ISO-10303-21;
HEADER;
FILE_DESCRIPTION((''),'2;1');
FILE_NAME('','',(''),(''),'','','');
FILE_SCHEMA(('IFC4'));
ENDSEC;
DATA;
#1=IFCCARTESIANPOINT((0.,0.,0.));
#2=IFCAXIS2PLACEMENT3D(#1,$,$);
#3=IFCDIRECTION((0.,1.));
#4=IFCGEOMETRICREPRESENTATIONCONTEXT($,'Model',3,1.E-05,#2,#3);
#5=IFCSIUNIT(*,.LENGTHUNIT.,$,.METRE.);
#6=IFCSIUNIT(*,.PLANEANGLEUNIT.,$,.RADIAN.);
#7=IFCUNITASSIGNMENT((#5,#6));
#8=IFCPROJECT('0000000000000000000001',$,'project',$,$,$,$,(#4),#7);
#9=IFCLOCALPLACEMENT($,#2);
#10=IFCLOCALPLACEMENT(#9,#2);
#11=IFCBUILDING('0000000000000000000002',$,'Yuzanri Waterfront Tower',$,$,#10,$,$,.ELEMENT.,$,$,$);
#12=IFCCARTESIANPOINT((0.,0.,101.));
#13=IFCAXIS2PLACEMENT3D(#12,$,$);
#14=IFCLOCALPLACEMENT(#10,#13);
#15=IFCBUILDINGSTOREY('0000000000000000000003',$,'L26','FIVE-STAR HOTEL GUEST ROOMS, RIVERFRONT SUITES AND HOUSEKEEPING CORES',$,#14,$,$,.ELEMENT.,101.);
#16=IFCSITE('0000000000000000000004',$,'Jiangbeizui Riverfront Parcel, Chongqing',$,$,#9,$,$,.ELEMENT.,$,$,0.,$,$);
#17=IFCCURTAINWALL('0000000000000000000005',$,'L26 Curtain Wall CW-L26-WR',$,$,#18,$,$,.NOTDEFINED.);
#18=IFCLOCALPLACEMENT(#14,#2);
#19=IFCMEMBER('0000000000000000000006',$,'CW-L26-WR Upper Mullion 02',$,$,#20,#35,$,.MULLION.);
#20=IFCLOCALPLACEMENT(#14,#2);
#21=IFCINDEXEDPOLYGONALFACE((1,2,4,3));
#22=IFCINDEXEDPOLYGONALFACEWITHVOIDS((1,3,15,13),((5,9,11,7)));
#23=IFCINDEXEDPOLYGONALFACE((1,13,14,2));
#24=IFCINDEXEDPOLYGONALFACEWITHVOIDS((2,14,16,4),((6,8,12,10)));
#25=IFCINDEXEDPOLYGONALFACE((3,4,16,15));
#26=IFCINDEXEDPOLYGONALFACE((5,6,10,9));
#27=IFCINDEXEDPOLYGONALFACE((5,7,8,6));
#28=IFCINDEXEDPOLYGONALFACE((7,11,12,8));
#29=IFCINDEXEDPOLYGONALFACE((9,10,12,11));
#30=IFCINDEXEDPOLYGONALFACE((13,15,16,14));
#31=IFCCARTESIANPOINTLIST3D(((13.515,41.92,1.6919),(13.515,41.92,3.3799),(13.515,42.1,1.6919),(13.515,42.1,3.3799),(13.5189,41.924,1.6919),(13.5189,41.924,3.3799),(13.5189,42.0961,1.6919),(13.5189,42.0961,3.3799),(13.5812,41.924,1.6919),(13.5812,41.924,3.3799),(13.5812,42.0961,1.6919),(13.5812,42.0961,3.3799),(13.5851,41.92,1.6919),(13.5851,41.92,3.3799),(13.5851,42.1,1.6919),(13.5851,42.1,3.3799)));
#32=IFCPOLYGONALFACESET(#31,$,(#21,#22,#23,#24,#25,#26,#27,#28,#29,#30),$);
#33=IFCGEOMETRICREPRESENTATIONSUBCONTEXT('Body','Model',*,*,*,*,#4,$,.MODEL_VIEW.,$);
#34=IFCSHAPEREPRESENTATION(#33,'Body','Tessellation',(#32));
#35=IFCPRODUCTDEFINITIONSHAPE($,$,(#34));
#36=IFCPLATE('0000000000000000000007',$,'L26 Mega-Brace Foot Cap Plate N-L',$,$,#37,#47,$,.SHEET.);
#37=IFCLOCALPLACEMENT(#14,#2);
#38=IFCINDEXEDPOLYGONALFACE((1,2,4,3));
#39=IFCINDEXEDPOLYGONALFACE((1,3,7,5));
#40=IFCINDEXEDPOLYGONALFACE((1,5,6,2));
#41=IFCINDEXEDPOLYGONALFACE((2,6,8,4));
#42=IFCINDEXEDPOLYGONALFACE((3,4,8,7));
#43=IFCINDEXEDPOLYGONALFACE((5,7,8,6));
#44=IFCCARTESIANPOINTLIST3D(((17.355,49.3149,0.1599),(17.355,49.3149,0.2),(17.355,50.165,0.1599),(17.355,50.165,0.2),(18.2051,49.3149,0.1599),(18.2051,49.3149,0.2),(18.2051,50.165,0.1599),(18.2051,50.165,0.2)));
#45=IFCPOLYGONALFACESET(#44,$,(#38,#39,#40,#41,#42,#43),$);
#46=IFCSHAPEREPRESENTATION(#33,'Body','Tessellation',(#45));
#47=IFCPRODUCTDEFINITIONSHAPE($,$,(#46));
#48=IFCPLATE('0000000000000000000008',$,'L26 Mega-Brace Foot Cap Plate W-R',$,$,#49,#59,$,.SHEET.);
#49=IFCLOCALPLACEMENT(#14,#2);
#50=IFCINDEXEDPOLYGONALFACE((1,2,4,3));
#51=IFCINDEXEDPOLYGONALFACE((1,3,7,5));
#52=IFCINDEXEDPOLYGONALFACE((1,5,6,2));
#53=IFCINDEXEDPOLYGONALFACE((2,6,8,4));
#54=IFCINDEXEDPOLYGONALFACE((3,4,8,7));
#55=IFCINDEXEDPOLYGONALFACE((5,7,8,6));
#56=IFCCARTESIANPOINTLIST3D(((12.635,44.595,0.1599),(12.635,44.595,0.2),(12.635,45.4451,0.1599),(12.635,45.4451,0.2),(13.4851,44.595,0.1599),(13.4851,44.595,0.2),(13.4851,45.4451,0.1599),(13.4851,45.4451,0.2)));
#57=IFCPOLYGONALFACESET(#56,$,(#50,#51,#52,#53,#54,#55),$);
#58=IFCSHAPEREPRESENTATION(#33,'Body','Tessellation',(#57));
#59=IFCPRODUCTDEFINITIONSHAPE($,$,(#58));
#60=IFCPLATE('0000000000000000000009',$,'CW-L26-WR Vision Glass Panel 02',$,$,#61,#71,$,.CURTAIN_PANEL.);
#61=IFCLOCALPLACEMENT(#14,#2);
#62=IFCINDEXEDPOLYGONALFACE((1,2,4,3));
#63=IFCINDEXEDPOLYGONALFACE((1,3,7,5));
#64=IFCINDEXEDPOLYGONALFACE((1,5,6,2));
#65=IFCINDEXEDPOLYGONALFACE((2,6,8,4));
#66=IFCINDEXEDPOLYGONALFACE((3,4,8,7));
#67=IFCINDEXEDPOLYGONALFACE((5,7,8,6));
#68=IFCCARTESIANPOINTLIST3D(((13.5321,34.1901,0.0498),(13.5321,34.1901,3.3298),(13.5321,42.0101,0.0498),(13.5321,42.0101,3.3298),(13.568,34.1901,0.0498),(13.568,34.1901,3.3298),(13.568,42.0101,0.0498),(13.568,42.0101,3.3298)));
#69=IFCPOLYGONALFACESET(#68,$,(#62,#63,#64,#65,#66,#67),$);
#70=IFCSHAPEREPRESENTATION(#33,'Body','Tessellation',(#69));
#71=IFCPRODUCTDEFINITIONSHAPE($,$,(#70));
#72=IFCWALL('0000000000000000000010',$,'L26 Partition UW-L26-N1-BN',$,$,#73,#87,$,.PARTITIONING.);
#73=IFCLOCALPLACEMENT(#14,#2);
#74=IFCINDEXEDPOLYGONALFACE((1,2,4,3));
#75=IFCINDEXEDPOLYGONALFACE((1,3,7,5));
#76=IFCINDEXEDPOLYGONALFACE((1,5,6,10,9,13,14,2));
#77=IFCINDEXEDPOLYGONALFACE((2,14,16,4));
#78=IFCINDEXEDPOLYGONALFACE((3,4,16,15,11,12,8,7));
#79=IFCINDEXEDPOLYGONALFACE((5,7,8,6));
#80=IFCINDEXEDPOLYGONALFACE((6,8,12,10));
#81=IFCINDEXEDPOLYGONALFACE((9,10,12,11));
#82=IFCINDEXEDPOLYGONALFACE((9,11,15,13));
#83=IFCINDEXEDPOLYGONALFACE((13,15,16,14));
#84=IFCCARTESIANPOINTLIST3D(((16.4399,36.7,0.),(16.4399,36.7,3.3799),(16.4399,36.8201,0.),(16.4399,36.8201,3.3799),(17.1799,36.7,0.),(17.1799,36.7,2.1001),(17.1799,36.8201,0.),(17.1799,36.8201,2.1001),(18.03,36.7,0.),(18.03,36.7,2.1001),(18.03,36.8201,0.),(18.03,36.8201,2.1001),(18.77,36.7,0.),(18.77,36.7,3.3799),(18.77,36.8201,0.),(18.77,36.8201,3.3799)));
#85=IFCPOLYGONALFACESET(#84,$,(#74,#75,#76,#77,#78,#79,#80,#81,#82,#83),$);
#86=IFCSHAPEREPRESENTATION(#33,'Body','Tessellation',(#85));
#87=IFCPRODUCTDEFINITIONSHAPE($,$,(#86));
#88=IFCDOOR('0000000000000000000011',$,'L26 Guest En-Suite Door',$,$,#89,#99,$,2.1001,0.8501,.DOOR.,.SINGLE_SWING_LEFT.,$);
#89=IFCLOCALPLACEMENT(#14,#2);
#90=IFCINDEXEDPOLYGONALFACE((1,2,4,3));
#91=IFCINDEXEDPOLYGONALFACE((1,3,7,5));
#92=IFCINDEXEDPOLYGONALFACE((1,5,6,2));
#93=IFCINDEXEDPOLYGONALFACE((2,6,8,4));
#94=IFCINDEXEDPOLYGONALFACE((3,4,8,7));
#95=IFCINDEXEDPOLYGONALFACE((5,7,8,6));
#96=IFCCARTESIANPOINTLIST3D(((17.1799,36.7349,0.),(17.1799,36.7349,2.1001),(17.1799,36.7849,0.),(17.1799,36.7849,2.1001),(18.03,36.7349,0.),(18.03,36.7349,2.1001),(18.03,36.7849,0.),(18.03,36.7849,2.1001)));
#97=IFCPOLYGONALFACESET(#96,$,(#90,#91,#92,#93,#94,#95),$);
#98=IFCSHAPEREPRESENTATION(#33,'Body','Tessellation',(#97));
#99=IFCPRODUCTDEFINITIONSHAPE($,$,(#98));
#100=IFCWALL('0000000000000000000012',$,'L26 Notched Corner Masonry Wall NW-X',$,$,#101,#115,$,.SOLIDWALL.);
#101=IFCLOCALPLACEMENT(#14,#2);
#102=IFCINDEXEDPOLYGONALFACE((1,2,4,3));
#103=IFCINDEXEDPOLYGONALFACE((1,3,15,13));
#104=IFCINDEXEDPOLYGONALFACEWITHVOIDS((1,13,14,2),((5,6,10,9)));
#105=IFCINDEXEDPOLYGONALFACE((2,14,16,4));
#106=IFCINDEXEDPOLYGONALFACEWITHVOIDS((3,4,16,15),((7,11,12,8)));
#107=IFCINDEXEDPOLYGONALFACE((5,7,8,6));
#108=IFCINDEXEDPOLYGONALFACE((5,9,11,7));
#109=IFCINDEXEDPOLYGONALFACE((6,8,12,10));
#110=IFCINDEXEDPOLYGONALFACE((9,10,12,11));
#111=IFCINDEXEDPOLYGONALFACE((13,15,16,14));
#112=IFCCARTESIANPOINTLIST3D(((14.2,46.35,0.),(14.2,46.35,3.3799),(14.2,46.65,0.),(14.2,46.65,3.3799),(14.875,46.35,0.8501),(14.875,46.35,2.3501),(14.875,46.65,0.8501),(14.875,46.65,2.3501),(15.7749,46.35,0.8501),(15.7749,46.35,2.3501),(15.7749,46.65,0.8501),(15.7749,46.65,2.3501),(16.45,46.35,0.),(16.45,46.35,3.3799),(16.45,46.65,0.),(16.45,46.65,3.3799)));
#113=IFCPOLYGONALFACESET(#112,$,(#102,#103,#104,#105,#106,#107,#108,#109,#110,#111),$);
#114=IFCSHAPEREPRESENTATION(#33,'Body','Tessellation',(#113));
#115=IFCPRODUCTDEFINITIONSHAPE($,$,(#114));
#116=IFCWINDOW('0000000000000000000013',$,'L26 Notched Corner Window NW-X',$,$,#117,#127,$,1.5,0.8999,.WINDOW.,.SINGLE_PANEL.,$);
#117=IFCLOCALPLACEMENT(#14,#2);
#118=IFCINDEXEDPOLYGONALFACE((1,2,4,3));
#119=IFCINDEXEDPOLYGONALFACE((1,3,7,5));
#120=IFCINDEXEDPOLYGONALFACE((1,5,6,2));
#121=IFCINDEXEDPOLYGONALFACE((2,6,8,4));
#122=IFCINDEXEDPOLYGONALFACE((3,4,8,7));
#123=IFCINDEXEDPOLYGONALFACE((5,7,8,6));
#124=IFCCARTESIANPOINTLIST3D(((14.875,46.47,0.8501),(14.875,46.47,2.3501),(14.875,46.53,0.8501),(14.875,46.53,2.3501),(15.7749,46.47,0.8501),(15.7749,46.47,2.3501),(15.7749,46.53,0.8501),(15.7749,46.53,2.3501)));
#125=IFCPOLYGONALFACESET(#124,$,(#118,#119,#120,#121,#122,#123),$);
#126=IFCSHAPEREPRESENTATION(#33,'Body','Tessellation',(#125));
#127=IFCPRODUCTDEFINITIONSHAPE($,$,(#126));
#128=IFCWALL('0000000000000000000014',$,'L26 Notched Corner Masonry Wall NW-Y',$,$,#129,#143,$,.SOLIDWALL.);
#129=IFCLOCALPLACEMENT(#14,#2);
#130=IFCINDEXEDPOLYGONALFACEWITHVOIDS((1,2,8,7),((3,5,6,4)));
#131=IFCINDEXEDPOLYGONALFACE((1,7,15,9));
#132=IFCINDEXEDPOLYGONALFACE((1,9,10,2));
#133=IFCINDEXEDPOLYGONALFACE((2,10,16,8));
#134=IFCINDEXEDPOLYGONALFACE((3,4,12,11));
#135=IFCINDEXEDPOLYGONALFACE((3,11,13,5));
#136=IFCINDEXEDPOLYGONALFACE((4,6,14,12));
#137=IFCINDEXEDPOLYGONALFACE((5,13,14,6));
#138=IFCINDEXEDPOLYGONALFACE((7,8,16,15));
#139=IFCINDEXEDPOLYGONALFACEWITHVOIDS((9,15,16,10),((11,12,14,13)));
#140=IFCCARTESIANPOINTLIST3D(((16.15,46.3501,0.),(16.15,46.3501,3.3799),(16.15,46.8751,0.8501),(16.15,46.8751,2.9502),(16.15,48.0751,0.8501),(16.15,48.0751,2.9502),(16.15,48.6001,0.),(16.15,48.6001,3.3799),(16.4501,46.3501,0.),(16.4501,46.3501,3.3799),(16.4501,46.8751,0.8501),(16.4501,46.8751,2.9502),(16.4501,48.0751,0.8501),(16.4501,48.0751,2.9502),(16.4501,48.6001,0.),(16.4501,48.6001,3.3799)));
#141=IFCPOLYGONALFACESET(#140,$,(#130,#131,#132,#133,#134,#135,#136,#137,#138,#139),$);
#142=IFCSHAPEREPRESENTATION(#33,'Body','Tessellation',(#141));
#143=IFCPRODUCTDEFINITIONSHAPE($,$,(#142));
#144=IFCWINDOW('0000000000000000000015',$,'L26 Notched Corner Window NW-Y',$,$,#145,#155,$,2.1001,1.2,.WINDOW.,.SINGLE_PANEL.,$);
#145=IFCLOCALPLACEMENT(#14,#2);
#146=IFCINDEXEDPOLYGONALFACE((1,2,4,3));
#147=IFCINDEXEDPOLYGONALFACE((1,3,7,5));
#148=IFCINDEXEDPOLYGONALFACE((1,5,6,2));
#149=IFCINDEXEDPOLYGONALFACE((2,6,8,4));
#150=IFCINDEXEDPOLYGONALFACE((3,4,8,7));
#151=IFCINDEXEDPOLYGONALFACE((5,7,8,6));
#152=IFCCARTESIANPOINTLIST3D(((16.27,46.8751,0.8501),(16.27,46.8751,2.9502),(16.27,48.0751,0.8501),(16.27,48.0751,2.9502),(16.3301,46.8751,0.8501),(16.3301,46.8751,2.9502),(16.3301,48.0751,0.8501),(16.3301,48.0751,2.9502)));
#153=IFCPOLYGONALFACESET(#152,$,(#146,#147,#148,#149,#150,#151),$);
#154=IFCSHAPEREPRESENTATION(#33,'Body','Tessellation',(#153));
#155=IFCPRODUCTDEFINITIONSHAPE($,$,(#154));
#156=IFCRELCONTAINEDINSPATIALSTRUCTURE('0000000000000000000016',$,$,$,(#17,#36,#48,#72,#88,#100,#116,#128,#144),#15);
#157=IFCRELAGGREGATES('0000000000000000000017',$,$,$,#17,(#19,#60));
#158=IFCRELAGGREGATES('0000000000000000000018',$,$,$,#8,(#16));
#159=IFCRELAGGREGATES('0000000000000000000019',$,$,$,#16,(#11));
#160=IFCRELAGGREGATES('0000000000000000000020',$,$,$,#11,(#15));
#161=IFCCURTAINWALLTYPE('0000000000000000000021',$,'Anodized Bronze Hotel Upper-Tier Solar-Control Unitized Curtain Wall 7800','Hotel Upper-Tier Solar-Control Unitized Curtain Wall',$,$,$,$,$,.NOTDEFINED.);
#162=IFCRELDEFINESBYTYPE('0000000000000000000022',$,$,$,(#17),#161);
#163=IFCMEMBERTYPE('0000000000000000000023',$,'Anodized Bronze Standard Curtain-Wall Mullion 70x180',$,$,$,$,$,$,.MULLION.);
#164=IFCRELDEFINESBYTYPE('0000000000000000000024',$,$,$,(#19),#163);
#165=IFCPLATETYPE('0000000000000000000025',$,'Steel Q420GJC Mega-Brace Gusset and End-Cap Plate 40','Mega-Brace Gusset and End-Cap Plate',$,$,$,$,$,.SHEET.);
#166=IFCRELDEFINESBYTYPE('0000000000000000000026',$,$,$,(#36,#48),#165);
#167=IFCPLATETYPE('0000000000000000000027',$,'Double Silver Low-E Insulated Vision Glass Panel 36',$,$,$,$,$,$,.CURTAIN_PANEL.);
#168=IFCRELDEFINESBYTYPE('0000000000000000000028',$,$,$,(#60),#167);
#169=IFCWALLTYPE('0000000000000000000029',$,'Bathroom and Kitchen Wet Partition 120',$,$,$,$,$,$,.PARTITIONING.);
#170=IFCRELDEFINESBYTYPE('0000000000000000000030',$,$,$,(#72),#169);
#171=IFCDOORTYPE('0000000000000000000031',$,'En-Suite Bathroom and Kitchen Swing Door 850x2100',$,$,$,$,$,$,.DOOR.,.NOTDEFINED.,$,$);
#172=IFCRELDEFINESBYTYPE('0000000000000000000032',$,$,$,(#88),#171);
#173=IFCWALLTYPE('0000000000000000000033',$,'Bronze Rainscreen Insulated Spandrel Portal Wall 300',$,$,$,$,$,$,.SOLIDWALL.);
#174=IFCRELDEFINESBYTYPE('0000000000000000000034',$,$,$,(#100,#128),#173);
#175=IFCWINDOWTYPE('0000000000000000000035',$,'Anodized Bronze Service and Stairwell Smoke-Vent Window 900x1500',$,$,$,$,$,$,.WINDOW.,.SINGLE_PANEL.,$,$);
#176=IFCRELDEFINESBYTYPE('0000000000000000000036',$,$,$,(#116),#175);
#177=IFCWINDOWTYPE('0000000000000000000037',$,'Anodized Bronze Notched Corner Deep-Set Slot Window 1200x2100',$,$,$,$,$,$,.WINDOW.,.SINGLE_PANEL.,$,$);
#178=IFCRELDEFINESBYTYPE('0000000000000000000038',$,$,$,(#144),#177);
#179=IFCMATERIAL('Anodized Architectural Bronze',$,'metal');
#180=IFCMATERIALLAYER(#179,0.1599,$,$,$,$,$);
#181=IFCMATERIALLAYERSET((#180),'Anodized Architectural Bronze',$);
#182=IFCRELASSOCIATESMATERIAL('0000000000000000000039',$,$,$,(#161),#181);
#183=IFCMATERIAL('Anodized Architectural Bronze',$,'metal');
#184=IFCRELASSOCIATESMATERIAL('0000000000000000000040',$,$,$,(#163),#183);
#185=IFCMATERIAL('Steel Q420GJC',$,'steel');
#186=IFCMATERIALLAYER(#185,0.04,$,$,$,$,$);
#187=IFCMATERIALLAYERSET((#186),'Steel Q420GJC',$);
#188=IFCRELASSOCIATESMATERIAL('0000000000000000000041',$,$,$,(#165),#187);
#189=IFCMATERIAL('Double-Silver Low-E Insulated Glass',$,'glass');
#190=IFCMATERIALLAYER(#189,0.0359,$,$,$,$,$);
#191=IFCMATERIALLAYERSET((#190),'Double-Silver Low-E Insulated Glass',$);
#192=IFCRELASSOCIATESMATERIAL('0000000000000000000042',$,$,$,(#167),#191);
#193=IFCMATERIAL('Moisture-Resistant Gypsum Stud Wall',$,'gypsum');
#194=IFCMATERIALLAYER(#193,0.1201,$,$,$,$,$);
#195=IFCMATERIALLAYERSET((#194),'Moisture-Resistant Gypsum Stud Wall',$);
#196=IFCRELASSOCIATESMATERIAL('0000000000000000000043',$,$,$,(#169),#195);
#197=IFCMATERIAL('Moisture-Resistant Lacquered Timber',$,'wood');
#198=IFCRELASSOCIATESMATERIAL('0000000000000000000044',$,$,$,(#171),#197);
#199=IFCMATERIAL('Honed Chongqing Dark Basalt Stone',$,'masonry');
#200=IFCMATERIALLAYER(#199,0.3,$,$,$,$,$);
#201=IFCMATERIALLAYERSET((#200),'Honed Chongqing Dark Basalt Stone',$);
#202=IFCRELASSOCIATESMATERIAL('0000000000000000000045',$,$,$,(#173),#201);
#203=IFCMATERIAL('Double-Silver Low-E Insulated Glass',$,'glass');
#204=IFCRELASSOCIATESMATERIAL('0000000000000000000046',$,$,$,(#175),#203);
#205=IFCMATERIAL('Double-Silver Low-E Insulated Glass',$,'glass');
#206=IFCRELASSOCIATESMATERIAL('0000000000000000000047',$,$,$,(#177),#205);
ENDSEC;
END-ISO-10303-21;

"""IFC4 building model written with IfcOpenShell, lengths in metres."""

from ifc_helpers import new_model, si_unit, direction, frame, frame_2d, origin, origin_2d, place, context, subcontext, project, spatial, rectangle, hollow_rectangle, extrude, source, transform, mapped, material, layer, layer_set, material_profile, profile_set, type_object, element, fill, aggregate, save


model = new_model("IFC4")

# Units and contexts
model_context = context("Model", 3, precision=1e-05, world=origin(), true_north=direction((0.0, 1.0)))
body_context = subcontext(model_context, "Body", "Model", "MODEL_VIEW")
ifc_project = project(units=[si_unit("LENGTHUNIT", "METRE"), si_unit("PLANEANGLEUNIT", "RADIAN")], contexts=[model_context])

# Site, building, storey
site_placement = place(None, origin())
site = spatial("IfcSite", under=ifc_project, at=site_placement, Name="Jiangbeizui Riverfront Parcel, Chongqing", CompositionType="ELEMENT", RefElevation=0.0)
building_placement = place(site_placement, origin())
building = spatial("IfcBuilding", under=site, at=building_placement, Name="Yuzanri Waterfront Tower", CompositionType="ELEMENT")
storey_placement = place(building_placement, frame((0.0, 0.0, 101.0)))
storey = spatial("IfcBuildingStorey", under=building, at=storey_placement, Name="L26", Description="FIVE-STAR HOTEL GUEST ROOMS, RIVERFRONT SUITES AND HOUSEKEEPING CORES", CompositionType="ELEMENT", Elevation=101.0)

# Curtain wall, member
ifc_material_1 = material(Name="Anodized Architectural Bronze", Category="metal")
ifc_layer_1 = layer(ifc_material_1, 0.1599)
ifc_layer_set_1 = layer_set([ifc_layer_1], Name="Anodized Architectural Bronze")
curtain_wall_type = type_object("IfcCurtainWallType", Name="Anodized Bronze Hotel Upper-Tier Solar-Control Unitized Curtain Wall 7800", Description="Hotel Upper-Tier Solar-Control Unitized Curtain Wall", PredefinedType="NOTDEFINED", material=ifc_layer_set_1)
curtain_wall_placement = place(storey_placement, origin())
curtain_wall = element("IfcCurtainWall", 1, at=curtain_wall_placement, inside=storey, type_object=curtain_wall_type, Name="L26 Curtain Wall CW-L26-WR", PredefinedType="NOTDEFINED")
ifc_material_2 = material(Name="Anodized Architectural Bronze", Category="metal")
ifc_material_profile_1 = material_profile(ifc_material_2, hollow_rectangle(XDim=0.0701, YDim=0.1799, WallThickness=0.0039, at=origin_2d()), Name="CWM 70x180")
ifc_profile_set_1 = profile_set([ifc_material_profile_1], Name="Anodized Architectural Bronze")
member_type_1 = type_object("IfcMemberType", Name="Anodized Bronze Standard Curtain-Wall Mullion 70x180", PredefinedType="MULLION", material=ifc_profile_set_1)
shared_shape_1 = source(origin(), body_context, "Body", "SweptSolid", [
    extrude(hollow_rectangle(XDim=0.0701, YDim=0.1799, WallThickness=0.0039, at=origin_2d()), origin(), (0.0, 0.0, 1.0), 1.688),
])
member_1_placement = place(storey_placement, frame((13.55, 42.01, 1.6919), z_axis=(0.0, 0.0, 1.0), x_axis=(1.0, 0.0, 0.0)))
member_1 = element("IfcMember", 2, at=member_1_placement, type_object=member_type_1, Name="CW-L26-WR Upper Mullion 02", PredefinedType="MULLION", context=body_context, shape_type="MappedRepresentation", body=[
    mapped(shared_shape_1, transform((0.0, 0.0, 0.0), scale=1.0)),
])

# Plates
ifc_material_3 = material(Name="Steel Q420GJC", Category="steel")
ifc_layer_2 = layer(ifc_material_3, 0.04)
ifc_layer_set_2 = layer_set([ifc_layer_2], Name="Steel Q420GJC")
plate_type_1 = type_object("IfcPlateType", Name="Steel Q420GJC Mega-Brace Gusset and End-Cap Plate 40", Description="Mega-Brace Gusset and End-Cap Plate", PredefinedType="SHEET", material=ifc_layer_set_2)
shared_shape_2 = source(origin(), body_context, "Body", "SweptSolid", [
    extrude(rectangle(XDim=0.8501, YDim=0.8501, at=origin_2d()), origin(), (0.0, 0.0, 1.0), 0.04),
])
for number, where, z_axis, x_axis, name in (
    (3, (17.78, 49.74, 0.1599), (0.0, 0.0, 1.0), (1.0, 0.0, 0.0), "L26 Mega-Brace Foot Cap Plate N-L"),
    (4, (13.0601, 45.02, 0.1599), (0.0, 0.0, 1.0), (1.0, 0.0, 0.0), "L26 Mega-Brace Foot Cap Plate W-R"),
):
    element("IfcPlate", number, at=place(storey_placement, frame(where, z_axis=z_axis, x_axis=x_axis)), inside=storey, type_object=plate_type_1, Name=name, PredefinedType="SHEET", context=body_context, shape_type="MappedRepresentation", body=[
        mapped(shared_shape_2, transform((0.0, 0.0, 0.0), scale=1.0)),
    ])

# Plate
ifc_material_4 = material(Name="Double-Silver Low-E Insulated Glass", Category="glass")
ifc_layer_3 = layer(ifc_material_4, 0.0359)
ifc_layer_set_3 = layer_set([ifc_layer_3], Name="Double-Silver Low-E Insulated Glass")
plate_type_2 = type_object("IfcPlateType", Name="Double Silver Low-E Insulated Vision Glass Panel 36", PredefinedType="CURTAIN_PANEL", material=ifc_layer_set_3)
shared_shape_3 = source(origin(), body_context, "Body", "SweptSolid", [
    extrude(rectangle(XDim=7.8201, YDim=0.0359, at=origin_2d()), origin(), (0.0, 0.0, 1.0), 3.28),
])
plate_placement = place(storey_placement, frame((13.55, 38.1001, 0.0498), z_axis=(0.0, 0.0, 1.0), x_axis=(0.0, 1.0, 0.0)))
plate = element("IfcPlate", 5, at=plate_placement, type_object=plate_type_2, Name="CW-L26-WR Vision Glass Panel 02", PredefinedType="CURTAIN_PANEL", context=body_context, shape_type="MappedRepresentation", body=[
    mapped(shared_shape_3, transform((0.0, 0.0, 0.0), scale=1.0)),
])
aggregate(curtain_wall, [member_1, plate])

# Wall, opening, door
ifc_material_5 = material(Name="Moisture-Resistant Gypsum Stud Wall", Category="gypsum")
ifc_layer_4 = layer(ifc_material_5, 0.1201)
ifc_layer_set_4 = layer_set([ifc_layer_4], Name="Moisture-Resistant Gypsum Stud Wall")
wall_type_1 = type_object("IfcWallType", Name="Bathroom and Kitchen Wet Partition 120", PredefinedType="PARTITIONING", material=ifc_layer_set_4)
wall_1_placement = place(storey_placement, frame((16.4399, 36.76, 0.0), z_axis=(0.0, 0.0, 1.0), x_axis=(1.0, 0.0, 0.0)))
wall_1 = element("IfcWall", 6, at=wall_1_placement, inside=storey, type_object=wall_type_1, Name="L26 Partition UW-L26-N1-BN", PredefinedType="PARTITIONING", context=body_context, shape_type="SweptSolid", body=[
    extrude(rectangle(XDim=2.3301, YDim=0.1201, at=frame_2d((1.165, 0.0))), origin(), (0.0, 0.0, 1.0), 3.3799),
])
opening_1_placement = place(wall_1_placement, frame((0.74, 0.0, 0.0)))
opening_1 = element("IfcOpeningElement", 7, at=opening_1_placement, cuts=wall_1, PredefinedType="OPENING", context=body_context, shape_type="SweptSolid", body=[
    extrude(rectangle(XDim=0.8501, YDim=2.1001, at=frame_2d((0.425, 1.05))), frame((0.0, 0.075, 0.0), z_axis=(0.0, -1.0, 0.0), x_axis=(1.0, 0.0, 0.0)), (0.0, 0.0, 1.0), 0.1499),
])
ifc_material_6 = material(Name="Moisture-Resistant Lacquered Timber", Category="wood")
door_type_1 = type_object("IfcDoorType", Name="En-Suite Bathroom and Kitchen Swing Door 850x2100", OperationType="NOTDEFINED", PredefinedType="DOOR", material=ifc_material_6)
shared_shape_4 = source(origin(), body_context, "Body", "SweptSolid", [
    extrude(rectangle(XDim=0.8501, YDim=2.1001, at=frame_2d((0.425, 1.05))), frame((0.0, 0.0249, 0.0), z_axis=(0.0, -1.0, 0.0), x_axis=(1.0, 0.0, 0.0)), (0.0, 0.0, 1.0), 0.05),
])
door_1_placement = place(opening_1_placement, origin())
door_1 = element("IfcDoor", 8, at=door_1_placement, inside=storey, type_object=door_type_1, Name="L26 Guest En-Suite Door", OperationType="SINGLE_SWING_LEFT", OverallHeight=2.1001, OverallWidth=0.8501, PredefinedType="DOOR", context=body_context, shape_type="MappedRepresentation", body=[
    mapped(shared_shape_4, transform((0.0, 0.0, 0.0), scale=1.0)),
])
fill(opening_1, door_1)

# Walls, openings, windows
ifc_material_7 = material(Name="Honed Chongqing Dark Basalt Stone", Category="masonry")
ifc_layer_5 = layer(ifc_material_7, 0.3)
ifc_layer_set_5 = layer_set([ifc_layer_5], Name="Honed Chongqing Dark Basalt Stone")
wall_type_2 = type_object("IfcWallType", Name="Bronze Rainscreen Insulated Spandrel Portal Wall 300", PredefinedType="SOLIDWALL", material=ifc_layer_set_5)
wall_2_placement = place(storey_placement, frame((16.45, 46.5, 0.0), z_axis=(0.0, 0.0, 1.0), x_axis=(-1.0, 0.0, 0.0)))
wall_2 = element("IfcWall", 9, at=wall_2_placement, inside=storey, type_object=wall_type_2, Name="L26 Notched Corner Masonry Wall NW-X", PredefinedType="SOLIDWALL", context=body_context, shape_type="SweptSolid", body=[
    extrude(rectangle(XDim=2.25, YDim=0.3, at=frame_2d((1.125, 0.0))), origin(), (0.0, 0.0, 1.0), 3.3799),
])
opening_2_placement = place(wall_2_placement, frame((0.675, 0.0, 0.8501)))
opening_2 = element("IfcOpeningElement", 10, at=opening_2_placement, cuts=wall_2, PredefinedType="OPENING", context=body_context, shape_type="SweptSolid", body=[
    extrude(rectangle(XDim=0.8999, YDim=1.5, at=frame_2d((0.45, 0.75))), frame((0.0, 0.165, 0.0), z_axis=(0.0, -1.0, 0.0), x_axis=(1.0, 0.0, 0.0)), (0.0, 0.0, 1.0), 0.3298),
])
ifc_material_8 = material(Name="Double-Silver Low-E Insulated Glass", Category="glass")
window_type_1 = type_object("IfcWindowType", Name="Anodized Bronze Service and Stairwell Smoke-Vent Window 900x1500", PartitioningType="SINGLE_PANEL", PredefinedType="WINDOW", material=ifc_material_8)
shared_shape_5 = source(origin(), body_context, "Body", "SweptSolid", [
    extrude(rectangle(XDim=0.8999, YDim=1.5, at=frame_2d((0.45, 0.75))), frame((0.0, 0.03, 0.0), z_axis=(0.0, -1.0, 0.0), x_axis=(1.0, 0.0, 0.0)), (0.0, 0.0, 1.0), 0.0601),
])
window_1_placement = place(opening_2_placement, origin())
window_1 = element("IfcWindow", 11, at=window_1_placement, inside=storey, type_object=window_type_1, Name="L26 Notched Corner Window NW-X", OverallHeight=1.5, OverallWidth=0.8999, PartitioningType="SINGLE_PANEL", PredefinedType="WINDOW", context=body_context, shape_type="MappedRepresentation", body=[
    mapped(shared_shape_5, transform((0.0, 0.0, 0.0), scale=1.0)),
])
fill(opening_2, window_1)
wall_3_placement = place(storey_placement, frame((16.3, 48.6001, 0.0), z_axis=(0.0, 0.0, 1.0), x_axis=(0.0, -1.0, 0.0)))
wall_3 = element("IfcWall", 12, at=wall_3_placement, inside=storey, type_object=wall_type_2, Name="L26 Notched Corner Masonry Wall NW-Y", PredefinedType="SOLIDWALL", context=body_context, shape_type="SweptSolid", body=[
    extrude(rectangle(XDim=2.25, YDim=0.3, at=frame_2d((1.125, 0.0))), origin(), (0.0, 0.0, 1.0), 3.3799),
])
opening_3_placement = place(wall_3_placement, frame((0.5249, 0.0, 0.8501)))
opening_3 = element("IfcOpeningElement", 13, at=opening_3_placement, cuts=wall_3, PredefinedType="OPENING", context=body_context, shape_type="SweptSolid", body=[
    extrude(rectangle(XDim=1.2, YDim=2.1001, at=frame_2d((0.6001, 1.05))), frame((0.0, 0.165, 0.0), z_axis=(0.0, -1.0, 0.0), x_axis=(1.0, 0.0, 0.0)), (0.0, 0.0, 1.0), 0.3298),
])
ifc_material_9 = material(Name="Double-Silver Low-E Insulated Glass", Category="glass")
window_type_2 = type_object("IfcWindowType", Name="Anodized Bronze Notched Corner Deep-Set Slot Window 1200x2100", PartitioningType="SINGLE_PANEL", PredefinedType="WINDOW", material=ifc_material_9)
shared_shape_6 = source(origin(), body_context, "Body", "SweptSolid", [
    extrude(rectangle(XDim=1.2, YDim=2.1001, at=frame_2d((0.6001, 1.05))), frame((0.0, 0.03, 0.0), z_axis=(0.0, -1.0, 0.0), x_axis=(1.0, 0.0, 0.0)), (0.0, 0.0, 1.0), 0.0601),
])
window_2_placement = place(opening_3_placement, origin())
window_2 = element("IfcWindow", 14, at=window_2_placement, inside=storey, type_object=window_type_2, Name="L26 Notched Corner Window NW-Y", OverallHeight=2.1001, OverallWidth=1.2, PartitioningType="SINGLE_PANEL", PredefinedType="WINDOW", context=body_context, shape_type="MappedRepresentation", body=[
    mapped(shared_shape_6, transform((0.0, 0.0, 0.0), scale=1.0)),
])
fill(opening_3, window_2)

save(model, "model.ifc")
